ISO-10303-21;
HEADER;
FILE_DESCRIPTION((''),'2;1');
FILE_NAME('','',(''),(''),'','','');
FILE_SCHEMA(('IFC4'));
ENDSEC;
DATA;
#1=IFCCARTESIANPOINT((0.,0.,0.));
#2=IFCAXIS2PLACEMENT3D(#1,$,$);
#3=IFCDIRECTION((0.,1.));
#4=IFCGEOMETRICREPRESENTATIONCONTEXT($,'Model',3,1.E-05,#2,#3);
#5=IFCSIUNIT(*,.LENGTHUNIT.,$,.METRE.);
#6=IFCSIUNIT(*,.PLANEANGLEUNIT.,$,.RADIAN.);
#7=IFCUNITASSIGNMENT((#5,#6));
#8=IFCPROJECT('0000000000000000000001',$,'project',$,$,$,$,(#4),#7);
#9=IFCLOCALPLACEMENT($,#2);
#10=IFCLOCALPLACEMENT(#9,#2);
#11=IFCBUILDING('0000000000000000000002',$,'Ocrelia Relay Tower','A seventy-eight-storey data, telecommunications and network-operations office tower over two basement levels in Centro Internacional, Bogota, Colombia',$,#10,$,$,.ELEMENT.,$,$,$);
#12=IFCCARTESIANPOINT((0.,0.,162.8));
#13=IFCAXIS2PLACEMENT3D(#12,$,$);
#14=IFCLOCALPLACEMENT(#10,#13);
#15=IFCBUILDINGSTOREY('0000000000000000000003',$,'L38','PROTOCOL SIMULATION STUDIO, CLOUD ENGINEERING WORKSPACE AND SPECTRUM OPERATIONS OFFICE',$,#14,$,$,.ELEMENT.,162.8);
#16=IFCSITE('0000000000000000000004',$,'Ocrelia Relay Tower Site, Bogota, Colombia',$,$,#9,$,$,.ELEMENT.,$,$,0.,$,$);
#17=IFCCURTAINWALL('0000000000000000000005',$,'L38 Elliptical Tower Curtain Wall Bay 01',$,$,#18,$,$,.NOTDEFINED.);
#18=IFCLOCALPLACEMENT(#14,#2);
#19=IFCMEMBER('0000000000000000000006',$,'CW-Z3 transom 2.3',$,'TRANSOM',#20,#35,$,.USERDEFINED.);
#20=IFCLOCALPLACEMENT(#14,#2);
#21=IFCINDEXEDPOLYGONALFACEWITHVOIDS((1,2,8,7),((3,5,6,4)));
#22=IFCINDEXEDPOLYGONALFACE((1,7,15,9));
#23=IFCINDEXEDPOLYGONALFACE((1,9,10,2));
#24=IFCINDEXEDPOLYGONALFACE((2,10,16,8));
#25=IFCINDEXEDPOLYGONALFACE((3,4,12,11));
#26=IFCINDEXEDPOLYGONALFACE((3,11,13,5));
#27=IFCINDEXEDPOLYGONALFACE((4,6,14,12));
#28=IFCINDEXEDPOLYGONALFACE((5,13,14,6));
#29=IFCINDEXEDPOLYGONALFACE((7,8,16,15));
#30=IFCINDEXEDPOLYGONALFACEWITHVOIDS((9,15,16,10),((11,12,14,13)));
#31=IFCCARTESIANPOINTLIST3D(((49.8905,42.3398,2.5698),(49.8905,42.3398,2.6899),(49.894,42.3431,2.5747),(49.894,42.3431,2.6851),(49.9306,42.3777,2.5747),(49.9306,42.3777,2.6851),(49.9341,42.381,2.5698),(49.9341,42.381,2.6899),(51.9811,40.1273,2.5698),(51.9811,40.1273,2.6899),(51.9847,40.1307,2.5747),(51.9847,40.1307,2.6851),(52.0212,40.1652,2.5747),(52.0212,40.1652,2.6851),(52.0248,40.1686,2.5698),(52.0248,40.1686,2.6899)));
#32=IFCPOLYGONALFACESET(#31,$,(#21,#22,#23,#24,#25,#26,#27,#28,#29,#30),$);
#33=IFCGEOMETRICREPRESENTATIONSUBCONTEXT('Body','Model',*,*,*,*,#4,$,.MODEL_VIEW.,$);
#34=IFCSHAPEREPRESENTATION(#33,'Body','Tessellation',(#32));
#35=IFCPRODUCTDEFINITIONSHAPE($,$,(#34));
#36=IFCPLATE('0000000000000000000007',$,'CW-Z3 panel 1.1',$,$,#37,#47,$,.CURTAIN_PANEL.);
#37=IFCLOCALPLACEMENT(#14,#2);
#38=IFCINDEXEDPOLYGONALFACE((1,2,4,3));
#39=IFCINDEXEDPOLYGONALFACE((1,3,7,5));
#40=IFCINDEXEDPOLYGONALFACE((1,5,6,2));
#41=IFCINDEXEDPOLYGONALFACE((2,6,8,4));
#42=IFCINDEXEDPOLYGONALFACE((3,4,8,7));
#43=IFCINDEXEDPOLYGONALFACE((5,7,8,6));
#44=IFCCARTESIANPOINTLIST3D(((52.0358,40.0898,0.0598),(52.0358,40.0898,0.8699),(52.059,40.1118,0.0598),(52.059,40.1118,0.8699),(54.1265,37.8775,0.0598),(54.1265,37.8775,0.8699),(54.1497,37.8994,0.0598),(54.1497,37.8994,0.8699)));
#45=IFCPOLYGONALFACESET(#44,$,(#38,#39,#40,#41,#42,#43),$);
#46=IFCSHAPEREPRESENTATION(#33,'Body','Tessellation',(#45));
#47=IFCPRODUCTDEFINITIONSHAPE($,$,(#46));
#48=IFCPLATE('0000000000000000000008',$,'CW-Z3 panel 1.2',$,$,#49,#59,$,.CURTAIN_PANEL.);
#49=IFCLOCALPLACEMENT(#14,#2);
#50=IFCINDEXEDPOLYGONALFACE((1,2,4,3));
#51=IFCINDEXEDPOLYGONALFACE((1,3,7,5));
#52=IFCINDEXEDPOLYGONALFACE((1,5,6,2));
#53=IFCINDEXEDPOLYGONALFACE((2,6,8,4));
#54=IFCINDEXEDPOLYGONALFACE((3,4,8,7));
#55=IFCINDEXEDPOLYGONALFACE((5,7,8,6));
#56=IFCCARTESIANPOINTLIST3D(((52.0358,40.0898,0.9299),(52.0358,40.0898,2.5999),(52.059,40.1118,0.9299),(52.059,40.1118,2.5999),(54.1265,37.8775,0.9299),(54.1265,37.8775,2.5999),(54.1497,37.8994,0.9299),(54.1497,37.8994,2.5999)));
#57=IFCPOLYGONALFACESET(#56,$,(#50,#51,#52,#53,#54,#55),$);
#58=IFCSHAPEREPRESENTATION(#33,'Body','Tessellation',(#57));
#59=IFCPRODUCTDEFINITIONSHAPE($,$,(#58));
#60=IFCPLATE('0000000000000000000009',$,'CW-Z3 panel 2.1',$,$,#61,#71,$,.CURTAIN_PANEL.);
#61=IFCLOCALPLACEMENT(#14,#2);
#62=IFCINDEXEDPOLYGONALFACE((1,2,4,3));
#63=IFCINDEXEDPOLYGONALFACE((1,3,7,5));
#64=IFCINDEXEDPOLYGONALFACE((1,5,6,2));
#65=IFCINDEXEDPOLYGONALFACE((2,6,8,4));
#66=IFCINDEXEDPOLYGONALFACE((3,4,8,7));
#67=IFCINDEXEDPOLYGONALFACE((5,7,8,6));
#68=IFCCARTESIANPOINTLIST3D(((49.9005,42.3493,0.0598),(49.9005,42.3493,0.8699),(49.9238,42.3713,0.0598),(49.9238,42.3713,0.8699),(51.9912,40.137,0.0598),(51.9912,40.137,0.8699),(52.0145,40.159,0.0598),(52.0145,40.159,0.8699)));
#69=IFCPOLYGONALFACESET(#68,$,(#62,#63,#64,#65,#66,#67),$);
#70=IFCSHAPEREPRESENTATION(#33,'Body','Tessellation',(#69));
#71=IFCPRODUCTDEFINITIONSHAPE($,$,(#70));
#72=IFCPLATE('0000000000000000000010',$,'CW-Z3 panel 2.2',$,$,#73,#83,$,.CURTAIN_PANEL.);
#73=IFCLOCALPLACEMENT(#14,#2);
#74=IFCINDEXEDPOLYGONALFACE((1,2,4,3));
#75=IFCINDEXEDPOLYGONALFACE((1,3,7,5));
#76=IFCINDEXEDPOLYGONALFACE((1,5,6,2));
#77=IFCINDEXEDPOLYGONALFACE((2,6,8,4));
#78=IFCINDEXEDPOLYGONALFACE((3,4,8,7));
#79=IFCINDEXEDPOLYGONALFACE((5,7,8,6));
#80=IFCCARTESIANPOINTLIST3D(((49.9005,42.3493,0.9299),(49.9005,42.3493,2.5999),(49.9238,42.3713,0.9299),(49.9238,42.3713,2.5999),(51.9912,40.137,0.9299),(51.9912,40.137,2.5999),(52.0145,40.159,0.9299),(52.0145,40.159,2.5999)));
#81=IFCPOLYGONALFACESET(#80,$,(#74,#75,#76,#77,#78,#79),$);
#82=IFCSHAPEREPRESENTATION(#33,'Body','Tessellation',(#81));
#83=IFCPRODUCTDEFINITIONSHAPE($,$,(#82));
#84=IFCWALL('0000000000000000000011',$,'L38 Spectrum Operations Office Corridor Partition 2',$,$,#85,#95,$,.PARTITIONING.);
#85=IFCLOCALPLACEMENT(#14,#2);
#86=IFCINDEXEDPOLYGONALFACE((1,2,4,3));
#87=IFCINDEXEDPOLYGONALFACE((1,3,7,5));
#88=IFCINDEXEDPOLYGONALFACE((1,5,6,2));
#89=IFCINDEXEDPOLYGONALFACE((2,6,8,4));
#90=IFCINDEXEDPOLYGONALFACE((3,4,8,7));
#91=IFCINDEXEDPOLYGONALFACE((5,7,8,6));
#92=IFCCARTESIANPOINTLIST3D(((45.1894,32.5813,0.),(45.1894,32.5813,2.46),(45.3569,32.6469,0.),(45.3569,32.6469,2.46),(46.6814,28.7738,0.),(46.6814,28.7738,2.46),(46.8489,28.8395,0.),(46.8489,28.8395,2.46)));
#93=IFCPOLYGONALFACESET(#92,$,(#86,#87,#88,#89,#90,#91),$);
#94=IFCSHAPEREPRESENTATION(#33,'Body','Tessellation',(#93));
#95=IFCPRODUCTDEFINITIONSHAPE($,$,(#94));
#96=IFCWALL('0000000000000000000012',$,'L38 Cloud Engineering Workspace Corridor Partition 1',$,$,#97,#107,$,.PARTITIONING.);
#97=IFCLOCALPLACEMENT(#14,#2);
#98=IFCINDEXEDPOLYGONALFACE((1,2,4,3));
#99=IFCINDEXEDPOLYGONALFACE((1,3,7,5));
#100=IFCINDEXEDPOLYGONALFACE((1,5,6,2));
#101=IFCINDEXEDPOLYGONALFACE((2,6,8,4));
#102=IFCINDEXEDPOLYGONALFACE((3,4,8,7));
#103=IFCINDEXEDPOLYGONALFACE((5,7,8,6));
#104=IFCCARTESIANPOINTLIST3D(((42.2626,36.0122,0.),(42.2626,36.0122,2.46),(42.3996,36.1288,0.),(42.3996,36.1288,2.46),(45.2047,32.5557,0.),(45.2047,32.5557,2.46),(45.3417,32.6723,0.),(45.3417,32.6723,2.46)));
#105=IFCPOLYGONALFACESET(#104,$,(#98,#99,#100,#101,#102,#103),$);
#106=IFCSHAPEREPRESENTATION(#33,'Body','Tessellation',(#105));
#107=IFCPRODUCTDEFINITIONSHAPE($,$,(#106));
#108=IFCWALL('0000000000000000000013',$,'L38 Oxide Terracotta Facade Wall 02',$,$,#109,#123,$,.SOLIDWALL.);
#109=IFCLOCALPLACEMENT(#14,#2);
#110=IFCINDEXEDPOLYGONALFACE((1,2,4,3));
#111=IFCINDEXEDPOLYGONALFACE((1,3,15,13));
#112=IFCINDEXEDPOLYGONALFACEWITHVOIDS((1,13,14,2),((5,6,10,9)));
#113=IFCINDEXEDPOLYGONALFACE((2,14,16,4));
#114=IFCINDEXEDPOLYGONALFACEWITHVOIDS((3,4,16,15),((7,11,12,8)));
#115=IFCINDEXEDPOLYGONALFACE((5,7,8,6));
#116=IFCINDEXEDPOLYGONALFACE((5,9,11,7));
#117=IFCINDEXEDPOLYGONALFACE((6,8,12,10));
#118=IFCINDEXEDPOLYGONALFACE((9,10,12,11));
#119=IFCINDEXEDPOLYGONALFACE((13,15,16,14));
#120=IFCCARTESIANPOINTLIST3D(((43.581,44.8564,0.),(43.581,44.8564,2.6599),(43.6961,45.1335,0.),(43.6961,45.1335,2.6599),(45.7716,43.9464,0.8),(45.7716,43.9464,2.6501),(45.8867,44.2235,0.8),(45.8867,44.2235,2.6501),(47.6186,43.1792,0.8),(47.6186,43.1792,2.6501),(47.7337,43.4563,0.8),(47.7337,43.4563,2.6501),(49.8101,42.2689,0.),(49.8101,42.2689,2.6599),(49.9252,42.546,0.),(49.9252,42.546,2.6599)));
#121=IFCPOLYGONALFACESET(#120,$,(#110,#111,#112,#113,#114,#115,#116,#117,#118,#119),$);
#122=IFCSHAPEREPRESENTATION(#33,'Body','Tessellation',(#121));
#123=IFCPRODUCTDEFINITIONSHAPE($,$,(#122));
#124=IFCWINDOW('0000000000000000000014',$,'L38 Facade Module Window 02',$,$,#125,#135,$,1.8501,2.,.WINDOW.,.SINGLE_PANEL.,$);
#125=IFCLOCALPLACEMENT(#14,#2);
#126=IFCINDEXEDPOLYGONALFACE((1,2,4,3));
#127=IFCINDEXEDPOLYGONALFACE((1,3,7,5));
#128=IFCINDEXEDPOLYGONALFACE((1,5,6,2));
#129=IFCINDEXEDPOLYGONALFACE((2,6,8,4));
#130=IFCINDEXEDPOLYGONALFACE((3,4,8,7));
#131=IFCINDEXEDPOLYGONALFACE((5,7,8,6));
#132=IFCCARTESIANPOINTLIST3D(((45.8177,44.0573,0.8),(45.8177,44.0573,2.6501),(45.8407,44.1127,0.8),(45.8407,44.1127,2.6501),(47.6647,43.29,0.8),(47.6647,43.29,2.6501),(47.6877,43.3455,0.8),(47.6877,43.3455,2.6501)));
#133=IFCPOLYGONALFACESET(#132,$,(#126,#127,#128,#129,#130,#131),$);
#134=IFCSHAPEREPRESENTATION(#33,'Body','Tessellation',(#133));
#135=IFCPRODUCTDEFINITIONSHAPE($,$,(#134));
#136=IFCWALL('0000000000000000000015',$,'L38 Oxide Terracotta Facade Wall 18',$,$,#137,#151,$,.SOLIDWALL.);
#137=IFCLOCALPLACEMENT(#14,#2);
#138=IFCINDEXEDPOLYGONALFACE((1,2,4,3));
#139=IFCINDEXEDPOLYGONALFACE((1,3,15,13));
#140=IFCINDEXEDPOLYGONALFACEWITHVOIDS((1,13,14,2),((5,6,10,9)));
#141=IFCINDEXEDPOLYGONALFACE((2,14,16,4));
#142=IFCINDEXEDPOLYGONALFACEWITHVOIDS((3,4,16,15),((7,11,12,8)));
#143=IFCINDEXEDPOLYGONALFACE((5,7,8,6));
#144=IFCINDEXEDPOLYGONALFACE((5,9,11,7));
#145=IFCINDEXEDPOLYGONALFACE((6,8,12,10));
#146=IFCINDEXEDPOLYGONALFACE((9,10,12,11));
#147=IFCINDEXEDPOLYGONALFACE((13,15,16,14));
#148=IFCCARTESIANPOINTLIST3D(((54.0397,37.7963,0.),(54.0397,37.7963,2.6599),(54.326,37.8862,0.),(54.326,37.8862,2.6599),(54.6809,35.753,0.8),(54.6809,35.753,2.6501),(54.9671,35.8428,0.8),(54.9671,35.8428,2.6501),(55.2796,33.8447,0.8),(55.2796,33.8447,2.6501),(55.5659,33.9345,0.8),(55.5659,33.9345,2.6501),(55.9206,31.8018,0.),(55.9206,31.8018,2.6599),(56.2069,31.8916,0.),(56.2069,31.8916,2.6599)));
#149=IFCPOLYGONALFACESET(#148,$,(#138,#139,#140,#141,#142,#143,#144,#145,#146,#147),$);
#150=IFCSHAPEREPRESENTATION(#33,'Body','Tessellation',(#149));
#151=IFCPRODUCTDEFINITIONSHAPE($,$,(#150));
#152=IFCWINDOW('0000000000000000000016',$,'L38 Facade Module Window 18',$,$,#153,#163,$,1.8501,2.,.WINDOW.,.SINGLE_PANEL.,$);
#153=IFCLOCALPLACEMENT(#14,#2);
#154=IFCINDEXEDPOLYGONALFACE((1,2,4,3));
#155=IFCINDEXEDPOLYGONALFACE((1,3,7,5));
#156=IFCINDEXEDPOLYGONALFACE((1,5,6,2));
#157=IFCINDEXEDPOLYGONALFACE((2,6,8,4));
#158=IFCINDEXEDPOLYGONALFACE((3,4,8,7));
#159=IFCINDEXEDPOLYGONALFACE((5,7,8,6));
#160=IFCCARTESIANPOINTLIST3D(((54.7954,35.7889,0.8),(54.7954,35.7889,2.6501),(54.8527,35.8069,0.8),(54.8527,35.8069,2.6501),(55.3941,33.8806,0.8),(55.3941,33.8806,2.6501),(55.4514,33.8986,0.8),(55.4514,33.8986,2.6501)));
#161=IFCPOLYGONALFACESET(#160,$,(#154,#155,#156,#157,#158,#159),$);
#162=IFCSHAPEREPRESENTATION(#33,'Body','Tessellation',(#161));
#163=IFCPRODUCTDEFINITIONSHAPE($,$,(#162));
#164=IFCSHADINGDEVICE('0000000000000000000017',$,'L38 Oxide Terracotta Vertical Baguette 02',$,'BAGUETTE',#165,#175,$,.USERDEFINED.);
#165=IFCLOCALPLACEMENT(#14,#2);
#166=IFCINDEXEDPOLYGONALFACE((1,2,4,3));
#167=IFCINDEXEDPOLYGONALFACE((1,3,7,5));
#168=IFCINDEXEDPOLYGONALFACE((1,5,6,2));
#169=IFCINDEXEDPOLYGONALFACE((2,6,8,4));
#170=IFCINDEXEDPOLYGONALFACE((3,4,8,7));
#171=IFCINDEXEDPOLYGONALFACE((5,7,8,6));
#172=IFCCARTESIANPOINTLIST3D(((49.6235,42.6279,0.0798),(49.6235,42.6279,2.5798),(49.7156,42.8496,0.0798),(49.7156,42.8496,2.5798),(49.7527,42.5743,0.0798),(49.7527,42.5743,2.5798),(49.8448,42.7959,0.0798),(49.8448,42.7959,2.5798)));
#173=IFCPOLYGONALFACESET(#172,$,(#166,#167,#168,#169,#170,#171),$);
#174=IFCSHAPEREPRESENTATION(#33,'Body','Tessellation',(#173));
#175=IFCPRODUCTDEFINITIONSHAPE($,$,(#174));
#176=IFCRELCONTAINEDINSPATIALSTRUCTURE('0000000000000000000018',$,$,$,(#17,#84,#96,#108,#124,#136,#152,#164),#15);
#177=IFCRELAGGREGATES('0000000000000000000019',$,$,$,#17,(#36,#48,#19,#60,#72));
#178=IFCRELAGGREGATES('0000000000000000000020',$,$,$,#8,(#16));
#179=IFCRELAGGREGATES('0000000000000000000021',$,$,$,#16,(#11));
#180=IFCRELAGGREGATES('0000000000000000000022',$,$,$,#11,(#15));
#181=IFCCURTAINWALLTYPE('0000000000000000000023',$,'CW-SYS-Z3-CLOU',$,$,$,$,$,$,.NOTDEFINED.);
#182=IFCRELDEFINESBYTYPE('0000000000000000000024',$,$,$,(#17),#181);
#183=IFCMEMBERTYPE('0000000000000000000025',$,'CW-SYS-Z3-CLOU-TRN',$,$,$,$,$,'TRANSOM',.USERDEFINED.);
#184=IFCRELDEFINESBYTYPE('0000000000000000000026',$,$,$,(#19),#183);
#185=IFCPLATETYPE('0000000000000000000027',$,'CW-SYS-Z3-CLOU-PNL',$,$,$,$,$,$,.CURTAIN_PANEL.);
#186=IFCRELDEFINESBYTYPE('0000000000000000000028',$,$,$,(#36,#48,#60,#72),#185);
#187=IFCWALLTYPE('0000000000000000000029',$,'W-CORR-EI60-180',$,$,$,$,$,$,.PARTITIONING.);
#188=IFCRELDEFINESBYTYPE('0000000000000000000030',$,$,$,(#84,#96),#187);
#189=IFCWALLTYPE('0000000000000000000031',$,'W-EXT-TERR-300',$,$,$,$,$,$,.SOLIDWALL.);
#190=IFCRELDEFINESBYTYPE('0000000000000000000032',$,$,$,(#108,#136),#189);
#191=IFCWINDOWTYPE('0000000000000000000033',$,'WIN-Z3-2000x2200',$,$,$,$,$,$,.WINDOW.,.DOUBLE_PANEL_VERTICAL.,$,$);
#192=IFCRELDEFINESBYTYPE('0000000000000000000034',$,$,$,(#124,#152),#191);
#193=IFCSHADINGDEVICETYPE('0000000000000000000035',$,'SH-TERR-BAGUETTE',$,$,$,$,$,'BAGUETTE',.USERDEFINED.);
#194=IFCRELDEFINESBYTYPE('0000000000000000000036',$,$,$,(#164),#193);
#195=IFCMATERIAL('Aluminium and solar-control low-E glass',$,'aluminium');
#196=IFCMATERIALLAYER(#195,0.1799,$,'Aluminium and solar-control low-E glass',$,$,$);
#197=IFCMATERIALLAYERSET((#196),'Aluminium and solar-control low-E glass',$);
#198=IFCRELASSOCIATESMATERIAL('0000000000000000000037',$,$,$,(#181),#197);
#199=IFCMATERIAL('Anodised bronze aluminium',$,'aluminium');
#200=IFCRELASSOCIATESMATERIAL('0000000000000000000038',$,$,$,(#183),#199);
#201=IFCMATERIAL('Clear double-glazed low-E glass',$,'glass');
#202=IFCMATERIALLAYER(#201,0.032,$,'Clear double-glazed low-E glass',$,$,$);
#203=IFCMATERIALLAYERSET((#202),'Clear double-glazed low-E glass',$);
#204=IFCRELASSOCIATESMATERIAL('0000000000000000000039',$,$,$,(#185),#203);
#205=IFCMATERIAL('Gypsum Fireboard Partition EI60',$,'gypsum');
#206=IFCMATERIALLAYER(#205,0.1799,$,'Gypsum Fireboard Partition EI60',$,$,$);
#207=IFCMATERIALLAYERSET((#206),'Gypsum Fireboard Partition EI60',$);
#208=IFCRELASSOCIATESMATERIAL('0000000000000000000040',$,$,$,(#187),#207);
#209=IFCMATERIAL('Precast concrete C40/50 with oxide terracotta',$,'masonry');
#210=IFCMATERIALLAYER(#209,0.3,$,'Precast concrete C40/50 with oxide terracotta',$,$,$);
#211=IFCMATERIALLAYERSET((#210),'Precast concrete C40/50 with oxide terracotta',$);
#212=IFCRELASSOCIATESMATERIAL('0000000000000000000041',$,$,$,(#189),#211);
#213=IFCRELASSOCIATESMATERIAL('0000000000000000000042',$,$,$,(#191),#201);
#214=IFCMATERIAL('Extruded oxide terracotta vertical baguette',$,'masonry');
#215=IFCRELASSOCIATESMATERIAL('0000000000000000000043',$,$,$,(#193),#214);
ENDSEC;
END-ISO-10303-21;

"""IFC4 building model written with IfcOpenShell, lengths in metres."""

from ifc_helpers import new_model, si_unit, direction, frame, frame_2d, origin, origin_2d, place, context, subcontext, project, spatial, rectangle, hollow_rectangle, extrude, material, layer, layer_set, material_profile, profile_set, type_object, element, fill, aggregate, save


model = new_model("IFC4")

# Units and contexts
model_context = context("Model", 3, precision=1e-05, world=origin(), true_north=direction((0.0, 1.0)))
body_context = subcontext(model_context, "Body", "Model", "MODEL_VIEW")
ifc_project = project(units=[si_unit("LENGTHUNIT", "METRE"), si_unit("PLANEANGLEUNIT", "RADIAN")], contexts=[model_context])

# Site, building, storey
site_placement = place(None, origin())
site = spatial("IfcSite", under=ifc_project, at=site_placement, Name="Ocrelia Relay Tower Site, Bogota, Colombia", CompositionType="ELEMENT", RefElevation=0.0)
building_placement = place(site_placement, origin())
building = spatial("IfcBuilding", under=site, at=building_placement, Name="Ocrelia Relay Tower", Description="A seventy-eight-storey data, telecommunications and network-operations office tower over two basement levels in Centro Internacional, Bogota, Colombia", CompositionType="ELEMENT")
storey_placement = place(building_placement, frame((0.0, 0.0, 162.8)))
storey = spatial("IfcBuildingStorey", under=building, at=storey_placement, Name="L38", Description="PROTOCOL SIMULATION STUDIO, CLOUD ENGINEERING WORKSPACE AND SPECTRUM OPERATIONS OFFICE", CompositionType="ELEMENT", Elevation=162.8)

# Curtain wall, member, plates
ifc_material_1 = material(Name="Aluminium and solar-control low-E glass", Category="aluminium")
ifc_layer_1 = layer(ifc_material_1, 0.1799, Name="Aluminium and solar-control low-E glass")
ifc_layer_set_1 = layer_set([ifc_layer_1], Name="Aluminium and solar-control low-E glass")
curtain_wall_type = type_object("IfcCurtainWallType", Name="CW-SYS-Z3-CLOU", PredefinedType="NOTDEFINED", material=ifc_layer_set_1)
curtain_wall_placement = place(storey_placement, origin())
curtain_wall = element("IfcCurtainWall", 1, at=curtain_wall_placement, inside=storey, type_object=curtain_wall_type, Name="L38 Elliptical Tower Curtain Wall Bay 01", PredefinedType="NOTDEFINED")
ifc_material_2 = material(Name="Anodised bronze aluminium", Category="aluminium")
ifc_material_profile_1 = material_profile(ifc_material_2, hollow_rectangle(XDim=0.0601, YDim=0.1201, WallThickness=0.0049, at=origin_2d()), Name="CW-TRN-120x60")
ifc_profile_set_1 = profile_set([ifc_material_profile_1], Name="Anodised bronze aluminium")
member_type_1 = type_object("IfcMemberType", Name="CW-SYS-Z3-CLOU-TRN", ElementType="TRANSOM", PredefinedType="USERDEFINED", material=ifc_profile_set_1)
member_1_placement = place(storey_placement, frame((52.0029, 40.1479, 2.6299), z_axis=(-0.686812, 0.726835, 0.0), x_axis=(-0.726835, -0.686812, 0.0)))
member_1 = element("IfcMember", 2, at=member_1_placement, type_object=member_type_1, Name="CW-Z3 transom 2.3", ObjectType="TRANSOM", PredefinedType="USERDEFINED", context=body_context, shape_type="SweptSolid", body=[
    extrude(hollow_rectangle(XDim=0.0601, YDim=0.1201, WallThickness=0.0049, at=origin_2d()), origin(), (0.0, 0.0, 1.0), 3.0439),
])
ifc_material_3 = material(Name="Clear double-glazed low-E glass", Category="glass")
ifc_layer_2 = layer(ifc_material_3, 0.032, Name="Clear double-glazed low-E glass")
ifc_layer_set_2 = layer_set([ifc_layer_2], Name="Clear double-glazed low-E glass")
plate_type = type_object("IfcPlateType", Name="CW-SYS-Z3-CLOU-PNL", PredefinedType="CURTAIN_PANEL", material=ifc_layer_set_2)
plate_1_placement = place(storey_placement, frame((53.0928, 38.9946, 0.0598), z_axis=(0.0, 0.0, 1.0), x_axis=(-0.686841, 0.726808, 0.0)))
plate_1 = element("IfcPlate", 3, at=plate_1_placement, type_object=plate_type, Name="CW-Z3 panel 1.1", PredefinedType="CURTAIN_PANEL", context=body_context, shape_type="SweptSolid", body=[
    extrude(rectangle(XDim=3.0439, YDim=0.032, at=origin_2d()), origin(), (0.0, 0.0, 1.0), 0.8101),
])
plate_2_placement = place(storey_placement, frame((53.0928, 38.9946, 0.9299), z_axis=(0.0, 0.0, 1.0), x_axis=(-0.686841, 0.726808, 0.0)))
plate_2 = element("IfcPlate", 4, at=plate_2_placement, type_object=plate_type, Name="CW-Z3 panel 1.2", PredefinedType="CURTAIN_PANEL", context=body_context, shape_type="SweptSolid", body=[
    extrude(rectangle(XDim=3.0439, YDim=0.032, at=origin_2d()), origin(), (0.0, 0.0, 1.0), 1.6699),
])
plate_3_placement = place(storey_placement, frame((50.9575, 41.2542, 0.0598), z_axis=(0.0, 0.0, 1.0), x_axis=(-0.686841, 0.726808, 0.0)))
plate_3 = element("IfcPlate", 5, at=plate_3_placement, type_object=plate_type, Name="CW-Z3 panel 2.1", PredefinedType="CURTAIN_PANEL", context=body_context, shape_type="SweptSolid", body=[
    extrude(rectangle(XDim=3.0439, YDim=0.032, at=origin_2d()), origin(), (0.0, 0.0, 1.0), 0.8101),
])
plate_4_placement = place(storey_placement, frame((50.9575, 41.2542, 0.9299), z_axis=(0.0, 0.0, 1.0), x_axis=(-0.686841, 0.726808, 0.0)))
plate_4 = element("IfcPlate", 6, at=plate_4_placement, type_object=plate_type, Name="CW-Z3 panel 2.2", PredefinedType="CURTAIN_PANEL", context=body_context, shape_type="SweptSolid", body=[
    extrude(rectangle(XDim=3.0439, YDim=0.032, at=origin_2d()), origin(), (0.0, 0.0, 1.0), 1.6699),
])
aggregate(curtain_wall, [plate_1, plate_2, member_1, plate_3, plate_4])

# Walls
ifc_material_4 = material(Name="Gypsum Fireboard Partition EI60", Category="gypsum")
ifc_layer_3 = layer(ifc_material_4, 0.1799, Name="Gypsum Fireboard Partition EI60")
ifc_layer_set_3 = layer_set([ifc_layer_3], Name="Gypsum Fireboard Partition EI60")
wall_type_1 = type_object("IfcWallType", Name="W-CORR-EI60-180", PredefinedType="PARTITIONING", material=ifc_layer_set_3)
wall_1_placement = place(storey_placement, frame((46.7651, 28.8066, 0.0), z_axis=(0.0, 0.0, 1.0), x_axis=(-0.364845, 0.931068, 0.0)))
element("IfcWall", 7, at=wall_1_placement, inside=storey, type_object=wall_type_1, Name="L38 Spectrum Operations Office Corridor Partition 2", PredefinedType="PARTITIONING", context=body_context, shape_type="SweptSolid", body=[
    extrude(rectangle(XDim=4.0894, YDim=0.1799, at=frame_2d((2.0447, 0.0))), origin(), (0.0, 0.0, 1.0), 2.46),
])
wall_2_placement = place(storey_placement, frame((45.2732, 32.614, 0.0), z_axis=(0.0, 0.0, 1.0), x_axis=(-0.64817, 0.761496, 0.0)))
element("IfcWall", 8, at=wall_2_placement, inside=storey, type_object=wall_type_1, Name="L38 Cloud Engineering Workspace Corridor Partition 1", PredefinedType="PARTITIONING", context=body_context, shape_type="SweptSolid", body=[
    extrude(rectangle(XDim=4.5391, YDim=0.1799, at=frame_2d((2.2695, 0.0))), origin(), (0.0, 0.0, 1.0), 2.46),
])

# Walls, openings, windows
ifc_material_5 = material(Name="Precast concrete C40/50 with oxide terracotta", Category="masonry")
ifc_layer_4 = layer(ifc_material_5, 0.3, Name="Precast concrete C40/50 with oxide terracotta")
ifc_layer_set_4 = layer_set([ifc_layer_4], Name="Precast concrete C40/50 with oxide terracotta")
wall_type_2 = type_object("IfcWallType", Name="W-EXT-TERR-300", PredefinedType="SOLIDWALL", material=ifc_layer_set_4)
wall_3_placement = place(storey_placement, frame((49.8677, 42.4075, 0.0), z_axis=(0.0, 0.0, 1.0), x_axis=(-0.923498, 0.383603, 0.0)))
wall_3 = element("IfcWall", 9, at=wall_3_placement, inside=storey, type_object=wall_type_2, Name="L38 Oxide Terracotta Facade Wall 02", PredefinedType="SOLIDWALL", context=body_context, shape_type="SweptSolid", body=[
    extrude(rectangle(XDim=6.7451, YDim=0.3, at=frame_2d((3.3726, 0.0))), origin(), (0.0, 0.0, 1.0), 2.6599),
])
opening_1_placement = place(wall_3_placement, frame((2.373, 0.0, 0.8)))
opening_1 = element("IfcOpeningElement", 10, at=opening_1_placement, cuts=wall_3, PredefinedType="OPENING", context=body_context, shape_type="SweptSolid", body=[
    extrude(rectangle(XDim=2.0, YDim=1.8501, at=frame_2d((1.0, 0.925))), frame((0.0, 0.1602, 0.0), z_axis=(0.0, -1.0, 0.0), x_axis=(1.0, 0.0, 0.0)), (0.0, 0.0, 1.0), 0.3201),
])
window_type = type_object("IfcWindowType", Name="WIN-Z3-2000x2200", PartitioningType="DOUBLE_PANEL_VERTICAL", PredefinedType="WINDOW", material=ifc_material_3)
window_1_placement = place(opening_1_placement, origin())
window_1 = element("IfcWindow", 11, at=window_1_placement, inside=storey, type_object=window_type, Name="L38 Facade Module Window 02", OverallHeight=1.8501, OverallWidth=2.0, PartitioningType="SINGLE_PANEL", PredefinedType="WINDOW", context=body_context, shape_type="SweptSolid", body=[
    extrude(rectangle(XDim=2.0, YDim=1.8501, at=frame_2d((1.0, 0.925))), frame((0.0, 0.03, 0.0), z_axis=(0.0, -1.0, 0.0), x_axis=(1.0, 0.0, 0.0)), (0.0, 0.0, 1.0), 0.0601),
])
fill(opening_1, window_1)
wall_4_placement = place(storey_placement, frame((56.0637, 31.8467, 0.0), z_axis=(0.0, 0.0, 1.0), x_axis=(-0.299368, 0.954138, 0.0)))
wall_4 = element("IfcWall", 12, at=wall_4_placement, inside=storey, type_object=wall_type_2, Name="L38 Oxide Terracotta Facade Wall 18", PredefinedType="SOLIDWALL", context=body_context, shape_type="SweptSolid", body=[
    extrude(rectangle(XDim=6.2827, YDim=0.3, at=frame_2d((3.1414, 0.0))), origin(), (0.0, 0.0, 1.0), 2.6599),
])
opening_2_placement = place(wall_4_placement, frame((2.1411, 0.0, 0.8)))
opening_2 = element("IfcOpeningElement", 13, at=opening_2_placement, cuts=wall_4, PredefinedType="OPENING", context=body_context, shape_type="SweptSolid", body=[
    extrude(rectangle(XDim=2.0, YDim=1.8501, at=frame_2d((1.0, 0.925))), frame((0.0, 0.1602, 0.0), z_axis=(0.0, -1.0, 0.0), x_axis=(1.0, 0.0, 0.0)), (0.0, 0.0, 1.0), 0.3201),
])
window_2_placement = place(opening_2_placement, origin())
window_2 = element("IfcWindow", 14, at=window_2_placement, inside=storey, type_object=window_type, Name="L38 Facade Module Window 18", OverallHeight=1.8501, OverallWidth=2.0, PartitioningType="SINGLE_PANEL", PredefinedType="WINDOW", context=body_context, shape_type="SweptSolid", body=[
    extrude(rectangle(XDim=2.0, YDim=1.8501, at=frame_2d((1.0, 0.925))), frame((0.0, 0.03, 0.0), z_axis=(0.0, -1.0, 0.0), x_axis=(1.0, 0.0, 0.0)), (0.0, 0.0, 1.0), 0.0601),
])
fill(opening_2, window_2)

# Shading device
ifc_material_6 = material(Name="Extruded oxide terracotta vertical baguette", Category="masonry")
shading_device_type_1 = type_object("IfcShadingDeviceType", Name="SH-TERR-BAGUETTE", ElementType="BAGUETTE", PredefinedType="USERDEFINED", material=ifc_material_6)
for number, where, z_axis, x_axis, name in (
    (15, (49.7341, 42.7119, 0.0798), (0.0, 0.0, 1.0), (-0.923498, 0.383602, 0.0), "L38 Oxide Terracotta Vertical Baguette 02"),
):
    element("IfcShadingDevice", number, at=place(storey_placement, frame(where, z_axis=z_axis, x_axis=x_axis)), inside=storey, type_object=shading_device_type_1, Name=name, ObjectType="BAGUETTE", PredefinedType="USERDEFINED", context=body_context, shape_type="SweptSolid", body=[
        extrude(rectangle(XDim=0.1399, YDim=0.24, at=origin_2d()), origin(), (0.0, 0.0, 1.0), 2.5),
    ])

save(model, "model.ifc")
